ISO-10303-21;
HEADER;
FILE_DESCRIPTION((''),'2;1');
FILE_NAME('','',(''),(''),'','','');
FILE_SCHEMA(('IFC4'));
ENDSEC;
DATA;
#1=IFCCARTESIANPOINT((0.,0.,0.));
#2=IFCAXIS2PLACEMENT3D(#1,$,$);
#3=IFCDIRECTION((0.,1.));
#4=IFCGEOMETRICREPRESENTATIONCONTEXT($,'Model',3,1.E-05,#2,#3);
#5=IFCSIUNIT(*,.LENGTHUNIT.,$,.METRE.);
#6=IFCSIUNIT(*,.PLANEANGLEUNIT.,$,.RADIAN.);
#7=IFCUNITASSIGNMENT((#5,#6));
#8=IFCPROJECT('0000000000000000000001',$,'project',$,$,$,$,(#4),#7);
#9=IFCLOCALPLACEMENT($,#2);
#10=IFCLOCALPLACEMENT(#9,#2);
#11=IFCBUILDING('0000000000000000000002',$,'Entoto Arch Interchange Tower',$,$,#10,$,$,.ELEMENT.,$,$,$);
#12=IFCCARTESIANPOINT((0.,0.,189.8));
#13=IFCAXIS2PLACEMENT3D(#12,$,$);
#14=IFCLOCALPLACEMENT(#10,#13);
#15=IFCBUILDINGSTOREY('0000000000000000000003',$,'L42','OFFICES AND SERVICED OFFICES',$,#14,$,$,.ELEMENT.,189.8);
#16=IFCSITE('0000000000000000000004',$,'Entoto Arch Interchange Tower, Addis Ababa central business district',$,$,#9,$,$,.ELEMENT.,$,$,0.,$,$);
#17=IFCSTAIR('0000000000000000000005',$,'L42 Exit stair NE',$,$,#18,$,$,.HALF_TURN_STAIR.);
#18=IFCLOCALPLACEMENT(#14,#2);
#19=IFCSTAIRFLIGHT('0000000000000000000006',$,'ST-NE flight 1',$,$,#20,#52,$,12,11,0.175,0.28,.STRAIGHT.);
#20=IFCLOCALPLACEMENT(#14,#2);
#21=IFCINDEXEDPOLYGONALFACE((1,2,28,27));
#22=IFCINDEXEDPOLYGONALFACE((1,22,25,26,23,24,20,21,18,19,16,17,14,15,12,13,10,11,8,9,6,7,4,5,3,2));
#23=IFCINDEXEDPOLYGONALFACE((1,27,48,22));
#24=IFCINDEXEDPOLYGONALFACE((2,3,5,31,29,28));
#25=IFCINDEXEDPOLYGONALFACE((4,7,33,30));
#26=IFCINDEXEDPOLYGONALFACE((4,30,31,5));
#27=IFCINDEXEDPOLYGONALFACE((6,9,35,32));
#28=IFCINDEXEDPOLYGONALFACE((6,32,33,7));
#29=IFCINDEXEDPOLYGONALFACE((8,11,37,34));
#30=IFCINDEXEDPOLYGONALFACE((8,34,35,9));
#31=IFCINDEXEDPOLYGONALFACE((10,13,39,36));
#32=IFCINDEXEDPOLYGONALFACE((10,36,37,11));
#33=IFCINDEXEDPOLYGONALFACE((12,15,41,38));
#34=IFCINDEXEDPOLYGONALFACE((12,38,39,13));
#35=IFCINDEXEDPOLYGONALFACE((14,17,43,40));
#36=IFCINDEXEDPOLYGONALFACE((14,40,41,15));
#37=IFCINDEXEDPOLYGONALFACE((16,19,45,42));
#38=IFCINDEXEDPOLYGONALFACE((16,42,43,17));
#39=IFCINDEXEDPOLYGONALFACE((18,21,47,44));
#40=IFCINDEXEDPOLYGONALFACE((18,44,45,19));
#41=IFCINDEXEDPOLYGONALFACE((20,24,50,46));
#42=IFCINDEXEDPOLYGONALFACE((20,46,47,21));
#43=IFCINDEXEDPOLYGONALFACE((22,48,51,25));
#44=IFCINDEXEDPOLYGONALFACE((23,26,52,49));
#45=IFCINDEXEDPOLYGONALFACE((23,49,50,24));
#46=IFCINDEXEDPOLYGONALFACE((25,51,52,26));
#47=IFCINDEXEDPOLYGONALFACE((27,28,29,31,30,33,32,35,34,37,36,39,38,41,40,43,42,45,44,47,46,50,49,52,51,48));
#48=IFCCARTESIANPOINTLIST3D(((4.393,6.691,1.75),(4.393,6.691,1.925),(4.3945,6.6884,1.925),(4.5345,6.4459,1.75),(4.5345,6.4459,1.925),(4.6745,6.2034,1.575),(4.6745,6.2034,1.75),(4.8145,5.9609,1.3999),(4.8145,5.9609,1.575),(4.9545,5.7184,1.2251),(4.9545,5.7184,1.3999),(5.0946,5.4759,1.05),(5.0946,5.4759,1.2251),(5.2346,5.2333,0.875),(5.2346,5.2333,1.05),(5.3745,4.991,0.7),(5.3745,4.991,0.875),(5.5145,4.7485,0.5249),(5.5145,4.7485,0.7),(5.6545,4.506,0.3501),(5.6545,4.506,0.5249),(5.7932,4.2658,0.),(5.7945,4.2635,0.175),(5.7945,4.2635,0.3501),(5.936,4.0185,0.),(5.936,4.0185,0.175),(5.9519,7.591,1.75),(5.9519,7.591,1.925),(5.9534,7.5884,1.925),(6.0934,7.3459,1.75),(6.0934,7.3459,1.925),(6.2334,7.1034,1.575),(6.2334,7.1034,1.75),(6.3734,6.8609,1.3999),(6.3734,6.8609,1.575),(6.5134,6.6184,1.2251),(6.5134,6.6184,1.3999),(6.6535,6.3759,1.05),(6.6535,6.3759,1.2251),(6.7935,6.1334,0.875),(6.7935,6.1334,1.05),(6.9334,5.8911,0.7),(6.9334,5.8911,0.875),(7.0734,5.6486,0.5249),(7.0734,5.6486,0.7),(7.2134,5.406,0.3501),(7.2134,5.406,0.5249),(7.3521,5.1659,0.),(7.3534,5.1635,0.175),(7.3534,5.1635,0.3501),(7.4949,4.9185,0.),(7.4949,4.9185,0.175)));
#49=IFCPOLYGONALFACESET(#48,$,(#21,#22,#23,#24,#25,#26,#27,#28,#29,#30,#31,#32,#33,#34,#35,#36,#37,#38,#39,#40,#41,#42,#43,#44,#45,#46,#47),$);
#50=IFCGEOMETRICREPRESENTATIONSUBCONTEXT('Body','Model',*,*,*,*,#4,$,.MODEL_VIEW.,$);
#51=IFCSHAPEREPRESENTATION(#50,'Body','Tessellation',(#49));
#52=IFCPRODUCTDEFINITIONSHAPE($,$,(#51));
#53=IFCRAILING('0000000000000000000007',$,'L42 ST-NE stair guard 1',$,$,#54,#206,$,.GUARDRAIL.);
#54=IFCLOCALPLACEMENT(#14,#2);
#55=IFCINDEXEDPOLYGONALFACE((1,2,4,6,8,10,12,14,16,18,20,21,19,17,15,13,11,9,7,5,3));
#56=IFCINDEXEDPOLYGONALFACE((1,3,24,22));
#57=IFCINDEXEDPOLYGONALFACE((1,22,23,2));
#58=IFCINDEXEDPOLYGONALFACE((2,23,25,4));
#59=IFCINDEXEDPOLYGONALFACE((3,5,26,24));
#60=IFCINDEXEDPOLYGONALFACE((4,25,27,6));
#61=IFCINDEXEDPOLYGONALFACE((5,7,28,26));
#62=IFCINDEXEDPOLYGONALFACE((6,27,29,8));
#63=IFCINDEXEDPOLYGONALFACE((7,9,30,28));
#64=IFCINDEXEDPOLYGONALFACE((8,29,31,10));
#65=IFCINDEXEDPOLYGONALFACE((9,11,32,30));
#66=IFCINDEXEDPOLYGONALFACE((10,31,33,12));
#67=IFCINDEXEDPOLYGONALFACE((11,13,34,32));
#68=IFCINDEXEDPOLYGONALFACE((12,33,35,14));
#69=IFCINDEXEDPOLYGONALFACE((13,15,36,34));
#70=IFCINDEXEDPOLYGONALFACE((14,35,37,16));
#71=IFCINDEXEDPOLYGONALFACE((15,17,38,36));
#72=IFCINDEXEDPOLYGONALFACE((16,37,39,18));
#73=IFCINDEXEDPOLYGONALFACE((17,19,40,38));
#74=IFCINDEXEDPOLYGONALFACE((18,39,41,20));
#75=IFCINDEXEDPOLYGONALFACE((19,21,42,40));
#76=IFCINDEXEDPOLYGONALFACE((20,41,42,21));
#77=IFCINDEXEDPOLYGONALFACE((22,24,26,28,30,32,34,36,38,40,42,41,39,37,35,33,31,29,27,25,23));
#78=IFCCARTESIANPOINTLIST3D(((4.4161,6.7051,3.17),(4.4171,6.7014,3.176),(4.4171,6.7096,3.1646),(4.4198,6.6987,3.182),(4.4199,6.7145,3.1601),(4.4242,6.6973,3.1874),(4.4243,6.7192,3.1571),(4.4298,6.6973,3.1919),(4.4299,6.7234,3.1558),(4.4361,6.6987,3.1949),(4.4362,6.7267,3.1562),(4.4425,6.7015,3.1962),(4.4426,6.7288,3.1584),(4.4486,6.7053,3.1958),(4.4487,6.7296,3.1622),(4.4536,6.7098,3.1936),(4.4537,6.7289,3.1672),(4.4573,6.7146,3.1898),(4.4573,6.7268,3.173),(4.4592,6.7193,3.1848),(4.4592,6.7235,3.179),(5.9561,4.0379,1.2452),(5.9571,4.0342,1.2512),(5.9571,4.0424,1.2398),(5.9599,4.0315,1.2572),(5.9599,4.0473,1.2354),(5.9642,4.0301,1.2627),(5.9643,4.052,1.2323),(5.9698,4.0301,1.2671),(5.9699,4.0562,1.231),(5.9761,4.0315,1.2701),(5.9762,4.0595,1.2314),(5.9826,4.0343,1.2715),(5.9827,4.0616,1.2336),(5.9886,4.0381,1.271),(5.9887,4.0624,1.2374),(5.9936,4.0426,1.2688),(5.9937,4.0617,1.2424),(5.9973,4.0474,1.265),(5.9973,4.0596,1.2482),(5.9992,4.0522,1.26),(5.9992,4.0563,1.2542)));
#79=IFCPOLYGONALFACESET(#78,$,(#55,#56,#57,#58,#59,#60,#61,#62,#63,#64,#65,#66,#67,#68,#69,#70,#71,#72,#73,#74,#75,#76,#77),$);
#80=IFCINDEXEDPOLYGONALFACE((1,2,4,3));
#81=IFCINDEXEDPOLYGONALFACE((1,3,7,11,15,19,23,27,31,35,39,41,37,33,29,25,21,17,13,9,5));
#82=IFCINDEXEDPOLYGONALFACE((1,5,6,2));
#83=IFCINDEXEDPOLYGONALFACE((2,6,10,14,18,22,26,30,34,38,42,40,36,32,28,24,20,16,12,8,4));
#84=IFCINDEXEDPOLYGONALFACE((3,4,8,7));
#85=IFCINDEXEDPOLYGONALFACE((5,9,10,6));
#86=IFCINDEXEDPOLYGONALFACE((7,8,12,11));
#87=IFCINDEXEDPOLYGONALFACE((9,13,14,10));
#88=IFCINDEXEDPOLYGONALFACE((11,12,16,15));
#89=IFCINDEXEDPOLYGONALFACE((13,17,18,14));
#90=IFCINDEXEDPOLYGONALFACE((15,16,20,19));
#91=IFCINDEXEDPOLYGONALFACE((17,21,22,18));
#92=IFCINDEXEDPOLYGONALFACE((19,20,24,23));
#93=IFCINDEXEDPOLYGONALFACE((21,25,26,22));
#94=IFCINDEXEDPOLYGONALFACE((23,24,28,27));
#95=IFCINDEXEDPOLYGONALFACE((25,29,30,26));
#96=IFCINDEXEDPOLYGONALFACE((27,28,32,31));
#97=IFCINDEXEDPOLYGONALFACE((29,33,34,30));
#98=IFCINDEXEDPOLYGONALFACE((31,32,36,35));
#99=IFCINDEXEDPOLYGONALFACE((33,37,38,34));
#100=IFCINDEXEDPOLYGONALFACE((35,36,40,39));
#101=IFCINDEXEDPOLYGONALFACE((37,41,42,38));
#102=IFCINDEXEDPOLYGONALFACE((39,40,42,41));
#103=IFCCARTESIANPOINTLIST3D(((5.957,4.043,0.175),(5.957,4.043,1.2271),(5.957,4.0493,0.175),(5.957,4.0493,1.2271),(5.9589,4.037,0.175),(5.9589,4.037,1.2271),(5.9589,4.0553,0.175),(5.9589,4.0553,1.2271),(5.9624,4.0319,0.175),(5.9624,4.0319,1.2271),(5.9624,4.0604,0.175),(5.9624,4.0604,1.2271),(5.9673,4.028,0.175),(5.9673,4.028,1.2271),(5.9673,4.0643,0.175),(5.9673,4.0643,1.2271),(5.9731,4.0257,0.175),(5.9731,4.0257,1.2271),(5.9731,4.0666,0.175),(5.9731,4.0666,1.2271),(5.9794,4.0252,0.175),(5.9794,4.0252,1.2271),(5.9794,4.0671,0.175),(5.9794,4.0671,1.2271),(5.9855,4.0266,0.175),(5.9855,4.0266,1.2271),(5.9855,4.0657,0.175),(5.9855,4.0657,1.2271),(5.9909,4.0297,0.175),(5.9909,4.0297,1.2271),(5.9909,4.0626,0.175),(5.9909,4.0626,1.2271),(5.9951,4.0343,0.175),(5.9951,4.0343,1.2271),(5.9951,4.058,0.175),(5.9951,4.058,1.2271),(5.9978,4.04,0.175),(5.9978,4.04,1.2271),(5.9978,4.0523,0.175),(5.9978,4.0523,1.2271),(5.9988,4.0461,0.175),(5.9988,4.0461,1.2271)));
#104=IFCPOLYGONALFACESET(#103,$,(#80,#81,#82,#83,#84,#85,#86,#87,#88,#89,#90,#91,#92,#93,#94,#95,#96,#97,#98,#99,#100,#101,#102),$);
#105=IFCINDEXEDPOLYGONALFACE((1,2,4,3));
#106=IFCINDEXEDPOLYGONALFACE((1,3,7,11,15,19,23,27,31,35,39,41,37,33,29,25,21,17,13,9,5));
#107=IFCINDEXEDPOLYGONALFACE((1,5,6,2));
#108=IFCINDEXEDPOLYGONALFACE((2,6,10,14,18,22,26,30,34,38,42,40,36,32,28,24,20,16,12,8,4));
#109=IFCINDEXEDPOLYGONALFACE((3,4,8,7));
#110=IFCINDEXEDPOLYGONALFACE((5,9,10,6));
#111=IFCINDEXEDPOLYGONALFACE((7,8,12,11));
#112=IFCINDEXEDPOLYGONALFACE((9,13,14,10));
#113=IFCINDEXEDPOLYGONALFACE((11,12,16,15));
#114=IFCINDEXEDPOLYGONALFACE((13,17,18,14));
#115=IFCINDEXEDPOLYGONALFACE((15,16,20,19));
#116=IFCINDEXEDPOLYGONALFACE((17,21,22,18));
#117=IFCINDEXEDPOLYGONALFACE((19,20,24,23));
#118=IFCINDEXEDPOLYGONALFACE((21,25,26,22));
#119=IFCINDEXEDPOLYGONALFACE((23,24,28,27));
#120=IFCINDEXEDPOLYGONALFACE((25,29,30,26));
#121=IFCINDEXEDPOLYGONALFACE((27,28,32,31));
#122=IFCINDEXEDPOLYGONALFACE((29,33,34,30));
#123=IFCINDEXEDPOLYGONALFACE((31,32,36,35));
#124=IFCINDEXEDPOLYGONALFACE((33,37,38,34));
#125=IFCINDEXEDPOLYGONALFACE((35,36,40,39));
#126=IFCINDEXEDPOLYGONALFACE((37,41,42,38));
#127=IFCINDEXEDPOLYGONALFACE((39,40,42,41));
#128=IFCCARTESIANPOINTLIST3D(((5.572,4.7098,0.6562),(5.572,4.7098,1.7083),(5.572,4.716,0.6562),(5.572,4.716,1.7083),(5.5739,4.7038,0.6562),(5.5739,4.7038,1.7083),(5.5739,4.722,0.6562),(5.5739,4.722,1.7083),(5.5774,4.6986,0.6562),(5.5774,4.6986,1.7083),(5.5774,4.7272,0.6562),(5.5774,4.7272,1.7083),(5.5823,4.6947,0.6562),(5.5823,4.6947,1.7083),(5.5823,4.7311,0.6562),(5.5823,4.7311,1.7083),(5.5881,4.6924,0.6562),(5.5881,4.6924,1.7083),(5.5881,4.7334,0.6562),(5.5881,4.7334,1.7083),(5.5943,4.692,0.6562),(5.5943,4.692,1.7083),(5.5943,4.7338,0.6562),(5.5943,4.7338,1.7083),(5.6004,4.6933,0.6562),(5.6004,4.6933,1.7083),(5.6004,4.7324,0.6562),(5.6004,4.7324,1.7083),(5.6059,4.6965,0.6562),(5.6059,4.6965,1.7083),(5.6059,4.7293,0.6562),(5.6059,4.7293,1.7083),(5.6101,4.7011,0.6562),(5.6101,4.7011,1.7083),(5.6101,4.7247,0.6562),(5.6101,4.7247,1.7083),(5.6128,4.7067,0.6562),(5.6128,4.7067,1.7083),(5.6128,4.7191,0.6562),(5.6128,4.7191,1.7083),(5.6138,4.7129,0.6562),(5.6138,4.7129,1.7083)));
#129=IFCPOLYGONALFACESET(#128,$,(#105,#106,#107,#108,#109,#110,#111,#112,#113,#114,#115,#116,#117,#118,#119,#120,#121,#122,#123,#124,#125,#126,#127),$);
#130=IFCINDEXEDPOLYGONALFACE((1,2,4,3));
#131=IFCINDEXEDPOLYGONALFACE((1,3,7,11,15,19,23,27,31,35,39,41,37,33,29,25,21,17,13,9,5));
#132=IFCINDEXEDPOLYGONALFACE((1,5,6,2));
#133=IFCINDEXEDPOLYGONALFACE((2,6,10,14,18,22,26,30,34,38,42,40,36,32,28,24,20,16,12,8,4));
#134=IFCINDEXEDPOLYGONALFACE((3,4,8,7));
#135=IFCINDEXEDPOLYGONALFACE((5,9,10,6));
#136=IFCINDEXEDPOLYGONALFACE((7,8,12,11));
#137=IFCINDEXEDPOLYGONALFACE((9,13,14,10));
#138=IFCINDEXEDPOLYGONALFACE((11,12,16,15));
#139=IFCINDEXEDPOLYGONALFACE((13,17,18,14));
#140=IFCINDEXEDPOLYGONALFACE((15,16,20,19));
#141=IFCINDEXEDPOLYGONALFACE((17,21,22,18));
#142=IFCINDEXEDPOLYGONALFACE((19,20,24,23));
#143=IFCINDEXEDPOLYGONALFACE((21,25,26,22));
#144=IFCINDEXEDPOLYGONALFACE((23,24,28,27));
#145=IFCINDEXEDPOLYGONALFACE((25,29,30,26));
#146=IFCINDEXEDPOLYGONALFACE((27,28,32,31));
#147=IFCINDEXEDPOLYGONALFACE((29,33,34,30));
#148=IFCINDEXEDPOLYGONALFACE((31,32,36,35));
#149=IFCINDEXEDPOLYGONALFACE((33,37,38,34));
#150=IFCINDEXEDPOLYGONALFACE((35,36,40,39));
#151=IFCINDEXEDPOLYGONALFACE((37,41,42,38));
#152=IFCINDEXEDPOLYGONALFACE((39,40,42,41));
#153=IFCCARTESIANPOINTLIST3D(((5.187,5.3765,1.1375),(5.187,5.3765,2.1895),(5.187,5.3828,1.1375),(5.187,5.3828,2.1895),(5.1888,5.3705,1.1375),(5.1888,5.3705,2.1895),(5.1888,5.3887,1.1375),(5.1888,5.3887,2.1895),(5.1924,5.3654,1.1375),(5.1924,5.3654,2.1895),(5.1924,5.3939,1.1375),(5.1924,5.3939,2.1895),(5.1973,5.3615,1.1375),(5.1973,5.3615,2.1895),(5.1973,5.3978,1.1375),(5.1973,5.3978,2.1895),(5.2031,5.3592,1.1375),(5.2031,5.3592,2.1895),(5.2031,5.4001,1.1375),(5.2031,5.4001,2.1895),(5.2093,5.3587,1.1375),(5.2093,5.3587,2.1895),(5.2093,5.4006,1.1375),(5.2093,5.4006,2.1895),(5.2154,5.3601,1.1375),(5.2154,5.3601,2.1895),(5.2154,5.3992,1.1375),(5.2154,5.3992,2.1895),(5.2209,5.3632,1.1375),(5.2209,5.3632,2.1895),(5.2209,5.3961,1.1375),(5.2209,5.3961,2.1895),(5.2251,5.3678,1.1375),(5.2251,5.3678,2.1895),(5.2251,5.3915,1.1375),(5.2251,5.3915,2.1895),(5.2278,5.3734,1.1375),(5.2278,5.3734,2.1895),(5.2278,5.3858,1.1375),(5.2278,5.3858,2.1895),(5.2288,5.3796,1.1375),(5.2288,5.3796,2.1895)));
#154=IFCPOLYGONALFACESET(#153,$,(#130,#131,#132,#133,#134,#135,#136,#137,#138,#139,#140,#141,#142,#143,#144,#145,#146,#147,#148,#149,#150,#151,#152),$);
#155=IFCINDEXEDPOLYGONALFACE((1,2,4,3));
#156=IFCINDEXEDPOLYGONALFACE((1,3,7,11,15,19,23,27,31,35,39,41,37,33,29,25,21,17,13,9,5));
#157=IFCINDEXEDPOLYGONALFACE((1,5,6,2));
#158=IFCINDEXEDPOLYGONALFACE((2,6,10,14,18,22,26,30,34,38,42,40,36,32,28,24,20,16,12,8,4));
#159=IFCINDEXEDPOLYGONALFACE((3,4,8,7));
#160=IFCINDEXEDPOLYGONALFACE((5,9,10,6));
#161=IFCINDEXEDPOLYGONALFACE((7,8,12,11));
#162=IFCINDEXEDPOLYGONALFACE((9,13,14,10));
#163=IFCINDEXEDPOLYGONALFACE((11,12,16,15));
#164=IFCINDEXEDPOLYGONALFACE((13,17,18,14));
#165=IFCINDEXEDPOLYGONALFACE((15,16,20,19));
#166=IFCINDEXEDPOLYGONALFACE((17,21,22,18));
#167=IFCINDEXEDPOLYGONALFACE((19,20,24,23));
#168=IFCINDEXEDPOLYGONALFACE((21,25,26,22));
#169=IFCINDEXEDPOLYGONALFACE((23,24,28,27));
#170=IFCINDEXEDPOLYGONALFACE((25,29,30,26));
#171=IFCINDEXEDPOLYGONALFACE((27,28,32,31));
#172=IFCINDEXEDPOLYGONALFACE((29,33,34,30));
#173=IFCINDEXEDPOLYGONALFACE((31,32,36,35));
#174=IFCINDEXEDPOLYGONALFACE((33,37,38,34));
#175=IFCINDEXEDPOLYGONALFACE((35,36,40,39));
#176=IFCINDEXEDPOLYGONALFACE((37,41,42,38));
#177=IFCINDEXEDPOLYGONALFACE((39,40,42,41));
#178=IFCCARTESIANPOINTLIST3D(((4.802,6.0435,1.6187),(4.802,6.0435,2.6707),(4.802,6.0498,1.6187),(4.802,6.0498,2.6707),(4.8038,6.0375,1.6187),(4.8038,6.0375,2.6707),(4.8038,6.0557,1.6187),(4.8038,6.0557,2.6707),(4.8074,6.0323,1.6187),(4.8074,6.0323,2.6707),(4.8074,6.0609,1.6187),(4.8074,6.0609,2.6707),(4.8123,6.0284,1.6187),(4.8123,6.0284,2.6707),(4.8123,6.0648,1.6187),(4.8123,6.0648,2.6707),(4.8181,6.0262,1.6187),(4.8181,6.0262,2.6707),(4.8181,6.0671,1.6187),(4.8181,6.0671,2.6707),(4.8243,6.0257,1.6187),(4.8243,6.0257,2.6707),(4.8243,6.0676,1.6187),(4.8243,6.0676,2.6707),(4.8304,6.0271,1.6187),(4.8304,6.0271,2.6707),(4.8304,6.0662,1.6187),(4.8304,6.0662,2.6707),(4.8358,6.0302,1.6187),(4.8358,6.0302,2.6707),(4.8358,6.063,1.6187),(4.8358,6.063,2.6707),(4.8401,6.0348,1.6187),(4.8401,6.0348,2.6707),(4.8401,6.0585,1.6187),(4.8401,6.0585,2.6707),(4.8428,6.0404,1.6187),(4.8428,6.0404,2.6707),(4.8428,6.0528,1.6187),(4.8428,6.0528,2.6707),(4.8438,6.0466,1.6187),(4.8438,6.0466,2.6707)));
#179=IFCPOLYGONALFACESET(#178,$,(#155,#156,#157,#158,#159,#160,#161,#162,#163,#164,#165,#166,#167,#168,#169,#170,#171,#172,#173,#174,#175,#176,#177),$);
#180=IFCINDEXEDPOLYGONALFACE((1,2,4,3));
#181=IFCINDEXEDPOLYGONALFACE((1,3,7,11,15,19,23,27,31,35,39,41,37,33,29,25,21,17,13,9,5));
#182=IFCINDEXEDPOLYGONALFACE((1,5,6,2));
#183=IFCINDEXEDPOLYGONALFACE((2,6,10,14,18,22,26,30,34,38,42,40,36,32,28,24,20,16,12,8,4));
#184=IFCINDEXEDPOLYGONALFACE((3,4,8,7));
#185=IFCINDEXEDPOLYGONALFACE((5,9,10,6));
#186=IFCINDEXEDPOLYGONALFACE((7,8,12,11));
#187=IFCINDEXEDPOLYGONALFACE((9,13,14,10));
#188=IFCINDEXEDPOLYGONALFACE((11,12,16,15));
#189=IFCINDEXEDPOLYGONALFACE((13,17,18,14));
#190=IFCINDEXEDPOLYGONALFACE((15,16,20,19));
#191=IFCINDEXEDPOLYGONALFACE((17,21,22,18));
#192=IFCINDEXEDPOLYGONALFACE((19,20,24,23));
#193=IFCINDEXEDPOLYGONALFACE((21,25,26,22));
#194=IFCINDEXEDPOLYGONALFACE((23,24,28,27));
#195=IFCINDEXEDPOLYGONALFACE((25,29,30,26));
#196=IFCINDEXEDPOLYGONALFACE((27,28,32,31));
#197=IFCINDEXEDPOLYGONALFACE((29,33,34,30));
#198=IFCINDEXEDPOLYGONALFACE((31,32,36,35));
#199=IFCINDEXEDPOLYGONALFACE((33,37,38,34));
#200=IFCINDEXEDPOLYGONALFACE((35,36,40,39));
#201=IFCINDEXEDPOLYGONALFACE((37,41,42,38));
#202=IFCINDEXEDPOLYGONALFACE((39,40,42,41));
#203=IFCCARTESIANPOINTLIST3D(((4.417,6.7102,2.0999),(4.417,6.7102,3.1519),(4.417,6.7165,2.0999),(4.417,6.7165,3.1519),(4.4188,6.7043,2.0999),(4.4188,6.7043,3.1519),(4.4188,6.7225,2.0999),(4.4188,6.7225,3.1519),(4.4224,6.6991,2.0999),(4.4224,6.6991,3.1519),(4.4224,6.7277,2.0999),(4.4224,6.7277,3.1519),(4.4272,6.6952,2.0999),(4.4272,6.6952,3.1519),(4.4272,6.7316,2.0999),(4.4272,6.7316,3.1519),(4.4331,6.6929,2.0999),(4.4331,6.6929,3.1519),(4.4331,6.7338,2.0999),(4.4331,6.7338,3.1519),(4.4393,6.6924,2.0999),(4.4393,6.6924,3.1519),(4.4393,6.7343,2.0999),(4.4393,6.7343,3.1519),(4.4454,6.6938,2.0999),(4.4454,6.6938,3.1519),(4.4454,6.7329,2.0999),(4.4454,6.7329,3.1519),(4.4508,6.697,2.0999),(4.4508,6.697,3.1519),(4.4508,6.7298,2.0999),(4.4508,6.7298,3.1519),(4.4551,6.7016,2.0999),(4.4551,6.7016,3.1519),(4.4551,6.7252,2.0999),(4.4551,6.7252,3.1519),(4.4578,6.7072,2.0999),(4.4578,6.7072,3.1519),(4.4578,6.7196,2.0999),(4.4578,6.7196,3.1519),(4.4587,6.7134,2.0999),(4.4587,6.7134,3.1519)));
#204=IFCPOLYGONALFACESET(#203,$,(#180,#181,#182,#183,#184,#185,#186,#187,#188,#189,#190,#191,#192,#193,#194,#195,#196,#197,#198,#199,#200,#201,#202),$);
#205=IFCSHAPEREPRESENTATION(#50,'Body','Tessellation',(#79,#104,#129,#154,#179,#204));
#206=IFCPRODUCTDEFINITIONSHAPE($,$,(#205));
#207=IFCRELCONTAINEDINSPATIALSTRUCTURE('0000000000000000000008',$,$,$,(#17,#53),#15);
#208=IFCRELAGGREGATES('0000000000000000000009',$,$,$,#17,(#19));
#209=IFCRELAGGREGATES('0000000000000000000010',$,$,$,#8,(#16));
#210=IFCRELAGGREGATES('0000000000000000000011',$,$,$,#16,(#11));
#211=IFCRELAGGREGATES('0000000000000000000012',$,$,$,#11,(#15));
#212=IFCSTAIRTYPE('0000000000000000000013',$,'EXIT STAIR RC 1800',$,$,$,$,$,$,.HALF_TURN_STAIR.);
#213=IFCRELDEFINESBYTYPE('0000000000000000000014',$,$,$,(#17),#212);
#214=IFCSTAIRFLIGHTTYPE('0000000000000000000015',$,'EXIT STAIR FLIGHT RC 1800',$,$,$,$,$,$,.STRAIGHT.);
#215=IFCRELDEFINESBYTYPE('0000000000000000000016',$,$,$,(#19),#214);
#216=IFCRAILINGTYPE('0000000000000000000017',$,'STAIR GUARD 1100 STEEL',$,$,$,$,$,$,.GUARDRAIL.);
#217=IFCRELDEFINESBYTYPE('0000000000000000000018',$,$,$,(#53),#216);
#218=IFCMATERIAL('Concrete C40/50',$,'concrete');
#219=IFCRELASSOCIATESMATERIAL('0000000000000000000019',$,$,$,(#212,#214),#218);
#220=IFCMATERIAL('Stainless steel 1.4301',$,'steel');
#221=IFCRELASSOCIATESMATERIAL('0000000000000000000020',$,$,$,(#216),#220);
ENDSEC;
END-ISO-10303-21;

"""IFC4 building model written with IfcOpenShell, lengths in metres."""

from ifc_helpers import new_model, si_unit, direction, frame, origin, origin_2d, place, context, subcontext, project, spatial, polyline, circle, outline, extrude, material, type_object, element, aggregate, save


model = new_model("IFC4")

# Units and contexts
model_context = context("Model", 3, precision=1e-05, world=origin(), true_north=direction((0.0, 1.0)))
body_context = subcontext(model_context, "Body", "Model", "MODEL_VIEW")
ifc_project = project(units=[si_unit("LENGTHUNIT", "METRE"), si_unit("PLANEANGLEUNIT", "RADIAN")], contexts=[model_context])

# Site, building, storey
site_placement = place(None, origin())
site = spatial("IfcSite", under=ifc_project, at=site_placement, Name="Entoto Arch Interchange Tower, Addis Ababa central business district", CompositionType="ELEMENT", RefElevation=0.0)
building_placement = place(site_placement, origin())
building = spatial("IfcBuilding", under=site, at=building_placement, Name="Entoto Arch Interchange Tower", CompositionType="ELEMENT")
storey_placement = place(building_placement, frame((0.0, 0.0, 189.8)))
storey = spatial("IfcBuildingStorey", under=building, at=storey_placement, Name="L42", Description="OFFICES AND SERVICED OFFICES", CompositionType="ELEMENT", Elevation=189.8)

# Shared definitions
ifc_material_1 = material(Name="Concrete C40/50", Category="concrete")

# Stair, stair flight
stair_type = type_object("IfcStairType", Name="EXIT STAIR RC 1800", PredefinedType="HALF_TURN_STAIR", material=ifc_material_1)
stair_placement = place(storey_placement, origin())
stair = element("IfcStair", 1, at=stair_placement, inside=storey, type_object=stair_type, Name="L42 Exit stair NE", PredefinedType="HALF_TURN_STAIR")
stair_flight_type = type_object("IfcStairFlightType", Name="EXIT STAIR FLIGHT RC 1800", PredefinedType="STRAIGHT", material=ifc_material_1)
stair_flight_placement = place(storey_placement, frame((6.7139, 4.4709, 0.0), z_axis=(0.0, 0.0, 1.0), x_axis=(-0.5, 0.866025, 0.0)))
stair_flight = element("IfcStairFlight", 2, at=stair_flight_placement, type_object=stair_flight_type, Name="ST-NE flight 1", NumberOfRisers=12, NumberOfTreads=11, PredefinedType="STRAIGHT", RiserHeight=0.175, TreadLength=0.28, context=body_context, shape_type="SweptSolid", body=[
    extrude(outline(polyline([(-0.0029, 0.0), (-0.0029, 0.175), (0.28, 0.175), (0.28, 0.3501), (0.5601, 0.3501), (0.5601, 0.5249), (0.8401, 0.5249), (0.8401, 0.7), (1.1201, 0.7), (1.1201, 0.875), (1.3999, 0.875), (1.3999, 1.05), (1.6799, 1.05), (1.6799, 1.2251), (1.96, 1.2251), (1.96, 1.3999), (2.24, 1.3999), (2.24, 1.575), (2.52, 1.575), (2.52, 1.75), (2.8, 1.75), (2.8, 1.925), (3.0801, 1.925), (3.083, 1.925), (3.083, 1.75), (0.2827, 0.0), (-0.0029, 0.0)])), frame((0.0, 0.8999, 0.0), z_axis=(0.0, -1.0, 0.0), x_axis=(1.0, 0.0, 0.0)), (0.0, 0.0, 1.0), 1.8),
])
aggregate(stair, [stair_flight])

# Railing
ifc_material_2 = material(Name="Stainless steel 1.4301", Category="steel")
railing_type_1 = type_object("IfcRailingType", Name="STAIR GUARD 1100 STEEL", PredefinedType="GUARDRAIL", material=ifc_material_2)
railing_1_placement = place(storey_placement, frame((5.9778, 4.0461, 0.175)))
element("IfcRailing", 3, at=railing_1_placement, inside=storey, type_object=railing_type_1, Name="L42 ST-NE stair guard 1", PredefinedType="GUARDRAIL", context=body_context, shape_type="SweptSolid", body=[
    extrude(circle(Radius=0.0239, at=origin_2d()), frame((0.0, 0.0, 1.0762), z_axis=(-0.424031, 0.73439, 0.529971), x_axis=(-0.86601, -0.500027, 0.0)), (0.0, 0.0, 1.0), 3.6318),
    extrude(circle(Radius=0.021, at=origin_2d()), origin(), (0.0, 0.0, 1.0), 1.052),
    extrude(circle(Radius=0.021, at=origin_2d()), frame((-0.385, 0.6667, 0.4812)), (0.0, 0.0, 1.0), 1.052),
    extrude(circle(Radius=0.021, at=origin_2d()), frame((-0.77, 1.3335, 0.9624)), (0.0, 0.0, 1.0), 1.052),
    extrude(circle(Radius=0.021, at=origin_2d()), frame((-1.155, 2.0005, 1.4436)), (0.0, 0.0, 1.0), 1.052),
    extrude(circle(Radius=0.021, at=origin_2d()), frame((-1.54, 2.6672, 1.9248)), (0.0, 0.0, 1.0), 1.052),
])

save(model, "model.ifc")
